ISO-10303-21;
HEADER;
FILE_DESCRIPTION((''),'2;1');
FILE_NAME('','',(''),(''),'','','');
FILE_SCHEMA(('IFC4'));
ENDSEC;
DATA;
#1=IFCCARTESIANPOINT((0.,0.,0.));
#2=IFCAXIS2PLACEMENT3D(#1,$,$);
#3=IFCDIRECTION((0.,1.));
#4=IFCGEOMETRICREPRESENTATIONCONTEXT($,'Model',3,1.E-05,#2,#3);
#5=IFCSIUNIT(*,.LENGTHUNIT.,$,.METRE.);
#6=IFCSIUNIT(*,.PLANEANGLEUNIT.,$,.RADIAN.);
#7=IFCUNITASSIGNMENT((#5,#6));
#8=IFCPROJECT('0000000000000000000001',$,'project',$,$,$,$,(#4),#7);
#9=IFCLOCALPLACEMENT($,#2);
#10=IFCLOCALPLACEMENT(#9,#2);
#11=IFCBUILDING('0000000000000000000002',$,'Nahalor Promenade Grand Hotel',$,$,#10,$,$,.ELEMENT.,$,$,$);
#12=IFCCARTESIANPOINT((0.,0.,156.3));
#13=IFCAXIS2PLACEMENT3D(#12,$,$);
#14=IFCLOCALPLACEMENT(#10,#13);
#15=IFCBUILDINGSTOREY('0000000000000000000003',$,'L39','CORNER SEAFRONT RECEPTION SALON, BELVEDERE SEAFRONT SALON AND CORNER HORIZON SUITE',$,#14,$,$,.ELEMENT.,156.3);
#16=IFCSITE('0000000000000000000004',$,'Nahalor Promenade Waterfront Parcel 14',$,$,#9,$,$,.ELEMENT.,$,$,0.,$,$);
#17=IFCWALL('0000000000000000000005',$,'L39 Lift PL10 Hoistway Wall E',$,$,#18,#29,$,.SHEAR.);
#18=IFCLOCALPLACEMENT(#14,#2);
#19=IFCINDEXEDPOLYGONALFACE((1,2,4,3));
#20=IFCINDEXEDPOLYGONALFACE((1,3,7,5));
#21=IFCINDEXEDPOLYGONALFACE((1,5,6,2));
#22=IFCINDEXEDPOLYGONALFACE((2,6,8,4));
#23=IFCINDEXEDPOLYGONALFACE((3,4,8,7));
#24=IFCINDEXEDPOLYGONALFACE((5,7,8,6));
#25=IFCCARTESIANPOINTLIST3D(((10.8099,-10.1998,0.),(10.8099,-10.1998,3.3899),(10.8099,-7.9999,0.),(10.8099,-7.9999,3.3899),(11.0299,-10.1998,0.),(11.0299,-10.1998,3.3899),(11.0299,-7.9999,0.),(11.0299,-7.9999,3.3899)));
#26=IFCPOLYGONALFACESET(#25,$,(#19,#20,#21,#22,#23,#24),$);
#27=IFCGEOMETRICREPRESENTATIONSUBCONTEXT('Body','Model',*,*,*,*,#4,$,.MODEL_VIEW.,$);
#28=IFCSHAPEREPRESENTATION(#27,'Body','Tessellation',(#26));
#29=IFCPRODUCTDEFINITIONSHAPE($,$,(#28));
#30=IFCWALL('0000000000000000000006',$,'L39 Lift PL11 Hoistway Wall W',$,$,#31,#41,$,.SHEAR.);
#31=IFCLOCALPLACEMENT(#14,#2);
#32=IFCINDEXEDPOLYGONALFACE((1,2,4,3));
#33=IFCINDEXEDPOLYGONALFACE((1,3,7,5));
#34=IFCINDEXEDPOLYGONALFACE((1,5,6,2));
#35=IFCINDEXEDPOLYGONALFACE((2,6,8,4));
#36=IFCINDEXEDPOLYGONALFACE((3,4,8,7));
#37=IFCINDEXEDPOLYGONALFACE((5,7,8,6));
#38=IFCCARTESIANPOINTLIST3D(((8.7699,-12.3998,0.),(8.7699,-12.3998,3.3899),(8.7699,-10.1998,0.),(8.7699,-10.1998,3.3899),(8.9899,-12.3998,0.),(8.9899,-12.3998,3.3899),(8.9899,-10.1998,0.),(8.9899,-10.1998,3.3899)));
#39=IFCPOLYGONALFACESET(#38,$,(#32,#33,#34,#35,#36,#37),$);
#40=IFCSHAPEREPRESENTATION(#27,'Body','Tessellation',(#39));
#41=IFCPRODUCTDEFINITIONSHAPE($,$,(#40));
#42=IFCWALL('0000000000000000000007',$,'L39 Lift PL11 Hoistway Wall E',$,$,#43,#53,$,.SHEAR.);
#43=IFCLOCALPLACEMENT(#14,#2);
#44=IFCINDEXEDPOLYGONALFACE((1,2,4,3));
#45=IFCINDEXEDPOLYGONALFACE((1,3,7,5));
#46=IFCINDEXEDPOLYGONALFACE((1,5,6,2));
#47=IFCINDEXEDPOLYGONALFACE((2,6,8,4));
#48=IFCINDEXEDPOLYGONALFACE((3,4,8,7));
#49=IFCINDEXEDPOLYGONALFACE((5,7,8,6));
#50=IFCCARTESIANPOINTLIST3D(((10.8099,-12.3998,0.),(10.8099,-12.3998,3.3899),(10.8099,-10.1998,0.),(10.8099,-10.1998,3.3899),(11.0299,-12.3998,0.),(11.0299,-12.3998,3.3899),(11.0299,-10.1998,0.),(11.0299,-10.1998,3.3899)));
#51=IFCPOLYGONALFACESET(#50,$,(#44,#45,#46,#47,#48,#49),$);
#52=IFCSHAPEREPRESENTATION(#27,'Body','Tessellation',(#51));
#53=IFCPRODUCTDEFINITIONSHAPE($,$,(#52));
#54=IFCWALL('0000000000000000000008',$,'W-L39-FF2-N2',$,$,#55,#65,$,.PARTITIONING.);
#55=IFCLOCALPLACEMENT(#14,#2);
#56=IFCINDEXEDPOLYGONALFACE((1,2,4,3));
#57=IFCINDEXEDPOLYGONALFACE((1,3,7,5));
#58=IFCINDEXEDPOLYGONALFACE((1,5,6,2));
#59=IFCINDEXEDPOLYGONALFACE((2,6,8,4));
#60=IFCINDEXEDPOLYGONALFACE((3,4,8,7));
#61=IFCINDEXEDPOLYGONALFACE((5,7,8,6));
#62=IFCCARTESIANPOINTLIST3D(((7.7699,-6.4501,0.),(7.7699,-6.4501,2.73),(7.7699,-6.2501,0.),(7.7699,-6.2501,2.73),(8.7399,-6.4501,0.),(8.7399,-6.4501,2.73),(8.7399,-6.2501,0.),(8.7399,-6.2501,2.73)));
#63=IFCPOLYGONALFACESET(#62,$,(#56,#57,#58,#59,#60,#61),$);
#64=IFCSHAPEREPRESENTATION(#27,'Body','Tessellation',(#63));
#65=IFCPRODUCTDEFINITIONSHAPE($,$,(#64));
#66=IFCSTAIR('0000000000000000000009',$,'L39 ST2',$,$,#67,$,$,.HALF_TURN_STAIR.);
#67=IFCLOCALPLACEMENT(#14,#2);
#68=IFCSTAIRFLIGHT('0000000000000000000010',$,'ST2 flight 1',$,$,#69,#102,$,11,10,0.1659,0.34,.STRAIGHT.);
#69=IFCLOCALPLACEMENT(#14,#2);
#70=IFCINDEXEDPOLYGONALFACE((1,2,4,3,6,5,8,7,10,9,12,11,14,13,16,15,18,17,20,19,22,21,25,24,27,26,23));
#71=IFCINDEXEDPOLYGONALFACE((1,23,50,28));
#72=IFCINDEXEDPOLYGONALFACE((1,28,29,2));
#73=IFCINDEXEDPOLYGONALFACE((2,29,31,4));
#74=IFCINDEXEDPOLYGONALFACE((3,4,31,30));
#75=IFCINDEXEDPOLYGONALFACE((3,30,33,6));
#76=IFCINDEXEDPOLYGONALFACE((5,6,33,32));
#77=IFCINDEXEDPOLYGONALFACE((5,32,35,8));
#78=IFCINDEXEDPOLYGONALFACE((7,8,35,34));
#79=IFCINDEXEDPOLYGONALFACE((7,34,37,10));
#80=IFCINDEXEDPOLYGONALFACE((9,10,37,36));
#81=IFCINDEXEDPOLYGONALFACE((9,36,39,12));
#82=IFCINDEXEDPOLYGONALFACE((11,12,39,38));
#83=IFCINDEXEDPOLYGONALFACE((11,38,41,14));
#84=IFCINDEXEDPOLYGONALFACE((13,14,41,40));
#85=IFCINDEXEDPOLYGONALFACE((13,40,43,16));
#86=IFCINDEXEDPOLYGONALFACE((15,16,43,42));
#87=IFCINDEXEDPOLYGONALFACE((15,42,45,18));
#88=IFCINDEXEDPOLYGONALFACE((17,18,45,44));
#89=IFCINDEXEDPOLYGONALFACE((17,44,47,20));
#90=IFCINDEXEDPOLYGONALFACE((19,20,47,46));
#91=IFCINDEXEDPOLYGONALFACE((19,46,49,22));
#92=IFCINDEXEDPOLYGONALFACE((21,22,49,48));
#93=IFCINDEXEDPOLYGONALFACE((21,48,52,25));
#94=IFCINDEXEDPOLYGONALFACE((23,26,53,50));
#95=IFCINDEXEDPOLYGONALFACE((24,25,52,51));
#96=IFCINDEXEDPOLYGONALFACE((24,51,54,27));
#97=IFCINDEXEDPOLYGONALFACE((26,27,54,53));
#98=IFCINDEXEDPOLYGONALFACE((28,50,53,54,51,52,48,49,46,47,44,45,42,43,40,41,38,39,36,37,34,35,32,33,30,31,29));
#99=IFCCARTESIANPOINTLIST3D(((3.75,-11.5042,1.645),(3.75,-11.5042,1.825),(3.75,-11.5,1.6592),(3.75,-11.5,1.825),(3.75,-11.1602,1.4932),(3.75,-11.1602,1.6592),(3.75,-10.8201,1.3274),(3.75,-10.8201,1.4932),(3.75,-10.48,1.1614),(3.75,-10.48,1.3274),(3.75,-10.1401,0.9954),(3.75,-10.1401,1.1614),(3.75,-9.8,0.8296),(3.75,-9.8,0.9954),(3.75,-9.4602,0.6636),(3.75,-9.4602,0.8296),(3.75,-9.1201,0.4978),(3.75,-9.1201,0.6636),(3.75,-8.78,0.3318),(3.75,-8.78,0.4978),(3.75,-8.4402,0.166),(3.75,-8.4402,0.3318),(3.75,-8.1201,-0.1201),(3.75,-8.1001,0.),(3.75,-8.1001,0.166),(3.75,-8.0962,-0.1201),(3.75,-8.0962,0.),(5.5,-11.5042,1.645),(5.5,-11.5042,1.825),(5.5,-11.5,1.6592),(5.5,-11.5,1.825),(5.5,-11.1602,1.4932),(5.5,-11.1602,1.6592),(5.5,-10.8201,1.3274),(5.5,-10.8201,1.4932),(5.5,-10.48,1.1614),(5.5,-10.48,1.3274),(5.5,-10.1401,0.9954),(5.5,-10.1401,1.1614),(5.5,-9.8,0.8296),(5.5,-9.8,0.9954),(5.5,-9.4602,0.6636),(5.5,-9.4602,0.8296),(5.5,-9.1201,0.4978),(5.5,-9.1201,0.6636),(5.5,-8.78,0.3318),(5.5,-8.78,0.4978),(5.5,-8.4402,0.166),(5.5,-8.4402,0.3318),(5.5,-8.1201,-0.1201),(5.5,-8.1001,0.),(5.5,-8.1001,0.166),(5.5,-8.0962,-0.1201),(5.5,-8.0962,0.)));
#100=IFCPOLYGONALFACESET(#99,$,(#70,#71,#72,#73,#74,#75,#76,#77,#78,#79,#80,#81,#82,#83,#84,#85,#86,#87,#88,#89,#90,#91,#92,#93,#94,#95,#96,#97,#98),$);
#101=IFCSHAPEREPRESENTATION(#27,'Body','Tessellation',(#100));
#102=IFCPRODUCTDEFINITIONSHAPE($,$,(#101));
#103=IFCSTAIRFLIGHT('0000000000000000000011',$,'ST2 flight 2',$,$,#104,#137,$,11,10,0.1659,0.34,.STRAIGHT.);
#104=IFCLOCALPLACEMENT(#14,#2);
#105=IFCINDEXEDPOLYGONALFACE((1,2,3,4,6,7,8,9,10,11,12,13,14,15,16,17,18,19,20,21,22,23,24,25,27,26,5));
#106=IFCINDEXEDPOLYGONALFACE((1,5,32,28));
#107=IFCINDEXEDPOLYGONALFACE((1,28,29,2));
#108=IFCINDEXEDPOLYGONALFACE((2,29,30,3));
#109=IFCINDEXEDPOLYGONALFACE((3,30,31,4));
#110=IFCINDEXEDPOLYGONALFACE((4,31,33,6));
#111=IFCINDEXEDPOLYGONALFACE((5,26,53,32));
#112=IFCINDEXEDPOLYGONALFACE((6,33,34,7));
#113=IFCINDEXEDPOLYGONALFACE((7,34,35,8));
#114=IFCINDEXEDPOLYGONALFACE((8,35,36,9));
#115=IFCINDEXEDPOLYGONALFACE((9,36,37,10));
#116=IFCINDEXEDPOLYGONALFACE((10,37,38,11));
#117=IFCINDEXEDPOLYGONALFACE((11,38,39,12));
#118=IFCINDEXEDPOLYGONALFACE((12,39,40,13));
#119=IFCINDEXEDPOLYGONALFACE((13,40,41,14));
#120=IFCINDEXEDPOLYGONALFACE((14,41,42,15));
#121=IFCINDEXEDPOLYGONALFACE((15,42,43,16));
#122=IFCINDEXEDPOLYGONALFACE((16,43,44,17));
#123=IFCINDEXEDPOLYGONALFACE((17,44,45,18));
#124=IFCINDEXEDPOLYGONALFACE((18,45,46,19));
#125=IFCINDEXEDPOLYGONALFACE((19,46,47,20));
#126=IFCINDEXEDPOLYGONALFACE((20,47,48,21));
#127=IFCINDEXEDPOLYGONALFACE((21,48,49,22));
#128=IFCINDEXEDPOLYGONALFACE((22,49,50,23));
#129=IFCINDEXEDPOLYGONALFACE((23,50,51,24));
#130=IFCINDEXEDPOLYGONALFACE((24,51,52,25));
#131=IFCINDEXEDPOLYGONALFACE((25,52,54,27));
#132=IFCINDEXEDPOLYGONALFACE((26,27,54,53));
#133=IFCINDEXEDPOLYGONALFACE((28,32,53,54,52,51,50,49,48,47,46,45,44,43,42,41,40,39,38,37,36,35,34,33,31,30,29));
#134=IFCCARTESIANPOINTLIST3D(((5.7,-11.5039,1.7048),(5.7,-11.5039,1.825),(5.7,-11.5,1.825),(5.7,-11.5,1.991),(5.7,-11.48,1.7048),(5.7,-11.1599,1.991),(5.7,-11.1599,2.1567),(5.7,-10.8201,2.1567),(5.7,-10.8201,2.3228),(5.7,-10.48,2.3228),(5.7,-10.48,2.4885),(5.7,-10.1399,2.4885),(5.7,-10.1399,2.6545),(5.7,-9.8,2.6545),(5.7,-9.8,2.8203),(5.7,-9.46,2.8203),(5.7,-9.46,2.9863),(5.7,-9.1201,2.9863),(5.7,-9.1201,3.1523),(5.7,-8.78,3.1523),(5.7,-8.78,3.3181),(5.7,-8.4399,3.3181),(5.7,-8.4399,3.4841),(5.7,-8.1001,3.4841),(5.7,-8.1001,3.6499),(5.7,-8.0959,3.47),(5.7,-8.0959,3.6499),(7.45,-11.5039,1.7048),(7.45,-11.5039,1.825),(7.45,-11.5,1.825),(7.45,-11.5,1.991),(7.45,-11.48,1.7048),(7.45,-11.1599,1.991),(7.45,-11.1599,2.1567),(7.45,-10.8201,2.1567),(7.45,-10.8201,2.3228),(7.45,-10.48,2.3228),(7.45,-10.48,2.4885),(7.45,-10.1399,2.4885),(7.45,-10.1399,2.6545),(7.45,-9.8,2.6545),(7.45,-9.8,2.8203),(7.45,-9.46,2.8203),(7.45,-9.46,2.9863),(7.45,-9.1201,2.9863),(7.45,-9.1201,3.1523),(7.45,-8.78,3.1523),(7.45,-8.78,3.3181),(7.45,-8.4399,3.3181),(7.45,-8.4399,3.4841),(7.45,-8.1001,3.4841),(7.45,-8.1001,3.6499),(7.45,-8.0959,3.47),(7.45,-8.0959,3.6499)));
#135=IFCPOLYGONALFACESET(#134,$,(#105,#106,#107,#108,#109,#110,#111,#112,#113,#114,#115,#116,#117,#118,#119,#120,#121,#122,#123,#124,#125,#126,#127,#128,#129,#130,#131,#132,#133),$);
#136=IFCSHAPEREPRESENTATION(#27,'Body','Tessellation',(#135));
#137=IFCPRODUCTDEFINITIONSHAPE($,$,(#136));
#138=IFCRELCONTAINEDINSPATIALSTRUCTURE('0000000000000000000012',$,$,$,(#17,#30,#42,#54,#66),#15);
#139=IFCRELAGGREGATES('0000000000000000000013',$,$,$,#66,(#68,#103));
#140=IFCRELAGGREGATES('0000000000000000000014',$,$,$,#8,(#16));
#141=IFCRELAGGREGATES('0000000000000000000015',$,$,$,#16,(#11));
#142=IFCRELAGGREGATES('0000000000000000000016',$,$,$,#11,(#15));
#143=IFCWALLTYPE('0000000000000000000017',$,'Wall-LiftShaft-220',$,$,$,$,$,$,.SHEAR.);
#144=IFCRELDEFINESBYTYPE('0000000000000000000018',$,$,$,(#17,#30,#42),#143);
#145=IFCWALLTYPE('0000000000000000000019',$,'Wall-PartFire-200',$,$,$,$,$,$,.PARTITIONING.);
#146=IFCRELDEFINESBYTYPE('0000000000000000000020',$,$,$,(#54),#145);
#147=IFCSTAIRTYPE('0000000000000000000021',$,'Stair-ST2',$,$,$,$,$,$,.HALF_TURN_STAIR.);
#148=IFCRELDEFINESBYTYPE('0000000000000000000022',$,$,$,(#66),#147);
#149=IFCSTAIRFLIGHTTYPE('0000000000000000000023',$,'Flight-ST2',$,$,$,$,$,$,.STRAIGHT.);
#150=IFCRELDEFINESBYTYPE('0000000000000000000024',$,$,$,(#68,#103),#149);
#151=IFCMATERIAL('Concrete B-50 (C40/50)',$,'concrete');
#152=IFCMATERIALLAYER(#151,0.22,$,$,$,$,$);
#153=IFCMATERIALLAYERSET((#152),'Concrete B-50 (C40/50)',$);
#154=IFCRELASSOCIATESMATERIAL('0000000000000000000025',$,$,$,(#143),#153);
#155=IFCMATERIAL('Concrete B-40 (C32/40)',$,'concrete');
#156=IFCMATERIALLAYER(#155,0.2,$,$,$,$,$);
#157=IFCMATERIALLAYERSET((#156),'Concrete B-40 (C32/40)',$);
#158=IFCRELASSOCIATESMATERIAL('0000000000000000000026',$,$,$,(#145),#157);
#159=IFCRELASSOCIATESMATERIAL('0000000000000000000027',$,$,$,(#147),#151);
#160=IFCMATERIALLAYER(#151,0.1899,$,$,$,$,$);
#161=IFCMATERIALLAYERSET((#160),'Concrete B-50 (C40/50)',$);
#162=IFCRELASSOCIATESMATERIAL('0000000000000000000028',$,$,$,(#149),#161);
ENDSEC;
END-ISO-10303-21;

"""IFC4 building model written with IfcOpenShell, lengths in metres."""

from ifc_helpers import new_model, si_unit, direction, frame, frame_2d, origin, place, context, subcontext, project, spatial, polyline, rectangle, outline, extrude, source, transform, mapped, material, layer, layer_set, type_object, element, aggregate, save


model = new_model("IFC4")

# Units and contexts
model_context = context("Model", 3, precision=1e-05, world=origin(), true_north=direction((0.0, 1.0)))
body_context = subcontext(model_context, "Body", "Model", "MODEL_VIEW")
ifc_project = project(units=[si_unit("LENGTHUNIT", "METRE"), si_unit("PLANEANGLEUNIT", "RADIAN")], contexts=[model_context])

# Site, building, storey
site_placement = place(None, origin())
site = spatial("IfcSite", under=ifc_project, at=site_placement, Name="Nahalor Promenade Waterfront Parcel 14", CompositionType="ELEMENT", RefElevation=0.0)
building_placement = place(site_placement, origin())
building = spatial("IfcBuilding", under=site, at=building_placement, Name="Nahalor Promenade Grand Hotel", CompositionType="ELEMENT")
storey_placement = place(building_placement, frame((0.0, 0.0, 156.3)))
storey = spatial("IfcBuildingStorey", under=building, at=storey_placement, Name="L39", Description="CORNER SEAFRONT RECEPTION SALON, BELVEDERE SEAFRONT SALON AND CORNER HORIZON SUITE", CompositionType="ELEMENT", Elevation=156.3)

# Walls
ifc_material_1 = material(Name="Concrete B-50 (C40/50)", Category="concrete")
ifc_layer_1 = layer(ifc_material_1, 0.22)
ifc_layer_set_1 = layer_set([ifc_layer_1], Name="Concrete B-50 (C40/50)")
wall_type_1 = type_object("IfcWallType", Name="Wall-LiftShaft-220", PredefinedType="SHEAR", material=ifc_layer_set_1)
shared_shape_1 = source(origin(), body_context, "Body", "SweptSolid", [
    extrude(rectangle(XDim=2.2, YDim=0.22, at=frame_2d((1.1001, 0.0))), origin(), (0.0, 0.0, 1.0), 3.3899),
])
for number, where, z_axis, x_axis, name in (
    (1, (10.9199, -10.2, 0.0), (0.0, 0.0, 1.0), (0.0, 1.0, 0.0), "L39 Lift PL10 Hoistway Wall E"),
    (2, (8.8799, -12.3999, 0.0), (0.0, 0.0, 1.0), (0.0, 1.0, 0.0), "L39 Lift PL11 Hoistway Wall W"),
    (3, (10.9199, -12.3999, 0.0), (0.0, 0.0, 1.0), (0.0, 1.0, 0.0), "L39 Lift PL11 Hoistway Wall E"),
):
    element("IfcWall", number, at=place(storey_placement, frame(where, z_axis=z_axis, x_axis=x_axis)), inside=storey, type_object=wall_type_1, Name=name, PredefinedType="SHEAR", context=body_context, shape_type="MappedRepresentation", body=[
        mapped(shared_shape_1, transform((0.0, 0.0, 0.0), scale=1.0)),
    ])
ifc_material_2 = material(Name="Concrete B-40 (C32/40)", Category="concrete")
ifc_layer_2 = layer(ifc_material_2, 0.2)
ifc_layer_set_2 = layer_set([ifc_layer_2], Name="Concrete B-40 (C32/40)")
wall_type_2 = type_object("IfcWallType", Name="Wall-PartFire-200", PredefinedType="PARTITIONING", material=ifc_layer_set_2)
shared_shape_2 = source(origin(), body_context, "Body", "SweptSolid", [
    extrude(rectangle(XDim=0.97, YDim=0.2, at=frame_2d((0.4849, 0.0))), origin(), (0.0, 0.0, 1.0), 2.73),
])
wall_1_placement = place(storey_placement, frame((7.77, -6.3501, 0.0), z_axis=(0.0, 0.0, 1.0), x_axis=(1.0, 0.0, 0.0)))
element("IfcWall", 4, at=wall_1_placement, inside=storey, type_object=wall_type_2, Name="W-L39-FF2-N2", PredefinedType="PARTITIONING", context=body_context, shape_type="MappedRepresentation", body=[
    mapped(shared_shape_2, transform((0.0, 0.0, 0.0), scale=1.0)),
])

# Stair, stair flights
stair_type = type_object("IfcStairType", Name="Stair-ST2", PredefinedType="HALF_TURN_STAIR", material=ifc_material_1)
stair_placement = place(storey_placement, origin())
stair = element("IfcStair", 5, at=stair_placement, inside=storey, type_object=stair_type, Name="L39 ST2", PredefinedType="HALF_TURN_STAIR")
ifc_layer_3 = layer(ifc_material_1, 0.1899)
ifc_layer_set_3 = layer_set([ifc_layer_3], Name="Concrete B-50 (C40/50)")
stair_flight_type = type_object("IfcStairFlightType", Name="Flight-ST2", PredefinedType="STRAIGHT", material=ifc_layer_set_3)
shared_shape_3 = source(origin(), body_context, "Body", "SweptSolid", [
    extrude(outline(polyline([(-0.0039, -0.1201), (-0.0039, 0.0), (0.0, 0.0), (0.0, 0.166), (0.3401, 0.166), (0.3401, 0.3318), (0.6799, 0.3318), (0.6799, 0.4978), (1.02, 0.4978), (1.02, 0.6636), (1.3601, 0.6636), (1.3601, 0.8296), (1.7, 0.8296), (1.7, 0.9954), (2.04, 0.9954), (2.04, 1.1614), (2.3799, 1.1614), (2.3799, 1.3274), (2.72, 1.3274), (2.72, 1.4932), (3.0601, 1.4932), (3.0601, 1.6592), (3.3999, 1.6592), (3.3999, 1.825), (3.4041, 1.825), (3.4041, 1.645), (0.02, -0.1201), (-0.0039, -0.1201)])), frame((0.0, 0.875, 0.0), z_axis=(0.0, -1.0, 0.0), x_axis=(1.0, 0.0, 0.0)), (0.0, 0.0, 1.0), 1.75),
])
stair_flight_1_placement = place(storey_placement, frame((4.625, -8.1001, 0.0), z_axis=(0.0, 0.0, 1.0), x_axis=(0.0, -1.0, 0.0)))
stair_flight_1 = element("IfcStairFlight", 6, at=stair_flight_1_placement, type_object=stair_flight_type, Name="ST2 flight 1", NumberOfRisers=11, NumberOfTreads=10, PredefinedType="STRAIGHT", RiserHeight=0.1659, TreadLength=0.34, context=body_context, shape_type="MappedRepresentation", body=[
    mapped(shared_shape_3, transform((0.0, 0.0, 0.0), scale=1.0)),
])
stair_flight_2_placement = place(storey_placement, frame((6.575, -11.5, 1.825), z_axis=(0.0, 0.0, 1.0), x_axis=(0.0, 1.0, 0.0)))
stair_flight_2 = element("IfcStairFlight", 7, at=stair_flight_2_placement, type_object=stair_flight_type, Name="ST2 flight 2", NumberOfRisers=11, NumberOfTreads=10, PredefinedType="STRAIGHT", RiserHeight=0.1659, TreadLength=0.34, context=body_context, shape_type="MappedRepresentation", body=[
    mapped(shared_shape_3, transform((0.0, 0.0, 0.0), scale=1.0)),
])
aggregate(stair, [stair_flight_1, stair_flight_2])

save(model, "model.ifc")
